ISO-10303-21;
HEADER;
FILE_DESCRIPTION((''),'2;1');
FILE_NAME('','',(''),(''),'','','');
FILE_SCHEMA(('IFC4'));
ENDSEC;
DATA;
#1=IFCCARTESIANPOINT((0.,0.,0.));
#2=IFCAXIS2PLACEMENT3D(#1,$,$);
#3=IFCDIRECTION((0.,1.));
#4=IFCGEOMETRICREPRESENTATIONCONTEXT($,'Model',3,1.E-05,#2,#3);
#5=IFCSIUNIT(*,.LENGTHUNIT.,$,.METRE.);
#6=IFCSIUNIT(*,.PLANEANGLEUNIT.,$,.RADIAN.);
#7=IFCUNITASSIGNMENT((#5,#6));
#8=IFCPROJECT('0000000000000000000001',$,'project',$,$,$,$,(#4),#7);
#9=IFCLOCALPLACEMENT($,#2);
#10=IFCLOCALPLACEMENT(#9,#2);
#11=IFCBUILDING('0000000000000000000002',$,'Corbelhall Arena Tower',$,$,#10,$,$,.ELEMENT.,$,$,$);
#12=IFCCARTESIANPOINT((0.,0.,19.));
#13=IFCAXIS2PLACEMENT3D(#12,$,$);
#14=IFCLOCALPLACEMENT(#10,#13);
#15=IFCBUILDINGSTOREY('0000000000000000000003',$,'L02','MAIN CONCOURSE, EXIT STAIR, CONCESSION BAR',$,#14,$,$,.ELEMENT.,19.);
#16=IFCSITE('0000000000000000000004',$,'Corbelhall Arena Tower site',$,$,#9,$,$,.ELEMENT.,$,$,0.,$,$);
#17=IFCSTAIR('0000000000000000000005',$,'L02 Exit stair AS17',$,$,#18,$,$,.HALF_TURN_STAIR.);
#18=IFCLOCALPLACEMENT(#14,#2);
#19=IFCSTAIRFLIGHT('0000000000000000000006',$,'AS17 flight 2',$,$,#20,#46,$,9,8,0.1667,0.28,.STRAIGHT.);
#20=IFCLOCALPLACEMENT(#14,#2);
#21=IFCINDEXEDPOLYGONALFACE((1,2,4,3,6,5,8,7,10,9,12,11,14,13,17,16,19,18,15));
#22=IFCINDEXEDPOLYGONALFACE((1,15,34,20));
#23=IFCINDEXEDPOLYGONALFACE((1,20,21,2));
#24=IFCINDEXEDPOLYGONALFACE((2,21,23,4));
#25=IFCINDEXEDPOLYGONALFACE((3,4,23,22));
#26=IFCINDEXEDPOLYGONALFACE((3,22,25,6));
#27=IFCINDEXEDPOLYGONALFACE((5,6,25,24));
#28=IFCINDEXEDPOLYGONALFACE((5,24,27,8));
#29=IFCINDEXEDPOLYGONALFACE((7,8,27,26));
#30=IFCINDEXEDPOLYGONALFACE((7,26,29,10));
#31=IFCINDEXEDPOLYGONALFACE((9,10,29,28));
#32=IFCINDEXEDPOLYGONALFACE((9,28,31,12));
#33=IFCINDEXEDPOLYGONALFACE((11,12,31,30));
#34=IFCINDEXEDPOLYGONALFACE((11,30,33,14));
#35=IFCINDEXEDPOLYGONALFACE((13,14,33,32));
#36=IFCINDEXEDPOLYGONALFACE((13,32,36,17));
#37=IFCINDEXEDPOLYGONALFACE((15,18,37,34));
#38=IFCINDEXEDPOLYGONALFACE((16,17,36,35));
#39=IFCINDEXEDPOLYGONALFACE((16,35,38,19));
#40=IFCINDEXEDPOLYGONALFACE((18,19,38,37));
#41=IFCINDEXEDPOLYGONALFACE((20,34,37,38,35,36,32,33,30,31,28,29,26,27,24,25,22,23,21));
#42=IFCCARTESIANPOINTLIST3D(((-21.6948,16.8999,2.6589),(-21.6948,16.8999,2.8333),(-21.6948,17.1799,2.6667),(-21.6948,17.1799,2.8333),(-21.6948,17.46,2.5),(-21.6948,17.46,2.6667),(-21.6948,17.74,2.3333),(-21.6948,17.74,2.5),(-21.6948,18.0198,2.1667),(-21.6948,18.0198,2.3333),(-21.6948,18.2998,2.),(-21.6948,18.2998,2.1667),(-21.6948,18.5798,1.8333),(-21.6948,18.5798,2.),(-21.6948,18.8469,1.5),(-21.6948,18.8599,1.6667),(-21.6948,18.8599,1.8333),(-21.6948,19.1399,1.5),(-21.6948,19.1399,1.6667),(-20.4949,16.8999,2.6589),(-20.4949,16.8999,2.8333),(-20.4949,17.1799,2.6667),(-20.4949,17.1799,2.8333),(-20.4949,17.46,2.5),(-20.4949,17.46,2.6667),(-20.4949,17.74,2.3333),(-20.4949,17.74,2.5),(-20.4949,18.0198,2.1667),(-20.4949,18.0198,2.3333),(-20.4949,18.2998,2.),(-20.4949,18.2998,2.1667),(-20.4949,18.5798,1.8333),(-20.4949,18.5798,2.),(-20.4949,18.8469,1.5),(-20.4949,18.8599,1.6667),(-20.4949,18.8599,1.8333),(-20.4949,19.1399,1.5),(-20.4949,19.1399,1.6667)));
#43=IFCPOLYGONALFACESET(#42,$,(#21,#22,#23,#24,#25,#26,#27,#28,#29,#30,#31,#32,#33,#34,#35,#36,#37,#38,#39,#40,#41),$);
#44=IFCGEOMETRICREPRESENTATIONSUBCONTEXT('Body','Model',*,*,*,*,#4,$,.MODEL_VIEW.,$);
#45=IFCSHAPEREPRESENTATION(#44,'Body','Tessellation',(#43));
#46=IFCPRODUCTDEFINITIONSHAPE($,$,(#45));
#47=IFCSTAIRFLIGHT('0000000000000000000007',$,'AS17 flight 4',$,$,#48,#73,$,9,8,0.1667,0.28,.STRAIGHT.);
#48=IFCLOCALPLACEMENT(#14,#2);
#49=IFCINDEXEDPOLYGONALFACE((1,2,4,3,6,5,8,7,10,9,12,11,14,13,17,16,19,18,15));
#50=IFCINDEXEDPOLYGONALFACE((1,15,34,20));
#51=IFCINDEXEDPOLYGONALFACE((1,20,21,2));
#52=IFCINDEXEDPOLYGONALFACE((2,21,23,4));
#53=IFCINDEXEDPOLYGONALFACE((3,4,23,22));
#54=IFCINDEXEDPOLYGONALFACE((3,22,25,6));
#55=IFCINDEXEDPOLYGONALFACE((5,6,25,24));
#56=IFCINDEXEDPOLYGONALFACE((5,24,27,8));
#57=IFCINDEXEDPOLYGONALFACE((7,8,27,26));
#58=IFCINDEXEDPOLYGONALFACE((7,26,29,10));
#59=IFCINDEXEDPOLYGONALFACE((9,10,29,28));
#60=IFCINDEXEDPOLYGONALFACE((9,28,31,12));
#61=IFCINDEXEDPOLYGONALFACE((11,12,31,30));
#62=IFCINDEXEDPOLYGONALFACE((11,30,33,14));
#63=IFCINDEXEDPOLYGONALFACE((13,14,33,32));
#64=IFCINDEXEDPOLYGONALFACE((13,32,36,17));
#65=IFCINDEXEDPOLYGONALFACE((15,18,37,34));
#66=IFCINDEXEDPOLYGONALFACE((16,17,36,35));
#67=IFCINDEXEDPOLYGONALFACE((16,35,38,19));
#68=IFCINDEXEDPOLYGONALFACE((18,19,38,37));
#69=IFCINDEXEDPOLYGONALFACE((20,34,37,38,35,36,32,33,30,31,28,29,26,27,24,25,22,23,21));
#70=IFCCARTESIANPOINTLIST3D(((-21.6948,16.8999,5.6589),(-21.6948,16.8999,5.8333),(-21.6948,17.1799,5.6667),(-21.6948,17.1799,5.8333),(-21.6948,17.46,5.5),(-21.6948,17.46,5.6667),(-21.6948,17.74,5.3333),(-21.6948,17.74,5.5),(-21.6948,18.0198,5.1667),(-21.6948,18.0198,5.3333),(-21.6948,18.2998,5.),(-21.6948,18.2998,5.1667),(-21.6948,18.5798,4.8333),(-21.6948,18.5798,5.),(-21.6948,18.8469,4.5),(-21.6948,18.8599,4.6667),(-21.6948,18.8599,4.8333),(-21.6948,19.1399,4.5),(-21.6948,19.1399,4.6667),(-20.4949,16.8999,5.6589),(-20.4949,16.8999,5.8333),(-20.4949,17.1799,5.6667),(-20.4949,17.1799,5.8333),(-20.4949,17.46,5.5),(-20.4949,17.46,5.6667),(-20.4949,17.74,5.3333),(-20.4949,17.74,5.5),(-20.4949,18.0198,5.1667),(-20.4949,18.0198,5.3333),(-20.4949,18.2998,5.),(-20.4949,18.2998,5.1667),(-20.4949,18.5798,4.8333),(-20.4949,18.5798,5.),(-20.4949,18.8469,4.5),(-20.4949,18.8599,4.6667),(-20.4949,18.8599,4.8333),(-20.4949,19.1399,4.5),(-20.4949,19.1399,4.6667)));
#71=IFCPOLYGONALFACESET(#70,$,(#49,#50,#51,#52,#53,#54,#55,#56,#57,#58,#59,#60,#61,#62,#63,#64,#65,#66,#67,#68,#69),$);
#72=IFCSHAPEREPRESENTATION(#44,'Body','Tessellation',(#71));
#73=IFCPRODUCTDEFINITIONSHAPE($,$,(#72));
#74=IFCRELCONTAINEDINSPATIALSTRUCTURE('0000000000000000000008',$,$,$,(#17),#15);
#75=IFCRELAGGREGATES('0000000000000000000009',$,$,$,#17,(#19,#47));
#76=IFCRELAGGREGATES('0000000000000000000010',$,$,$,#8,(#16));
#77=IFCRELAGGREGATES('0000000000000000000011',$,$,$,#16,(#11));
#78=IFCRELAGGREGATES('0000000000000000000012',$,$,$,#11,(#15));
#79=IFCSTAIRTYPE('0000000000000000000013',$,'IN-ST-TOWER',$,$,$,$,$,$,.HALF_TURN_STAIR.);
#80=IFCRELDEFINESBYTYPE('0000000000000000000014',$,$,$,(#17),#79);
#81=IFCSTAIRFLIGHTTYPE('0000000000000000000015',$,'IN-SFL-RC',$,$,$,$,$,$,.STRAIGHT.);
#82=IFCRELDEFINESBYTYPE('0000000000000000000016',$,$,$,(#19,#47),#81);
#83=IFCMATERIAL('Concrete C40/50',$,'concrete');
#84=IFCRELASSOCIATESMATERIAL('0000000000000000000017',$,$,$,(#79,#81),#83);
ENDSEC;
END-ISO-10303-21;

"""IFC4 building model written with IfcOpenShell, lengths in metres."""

from ifc_helpers import new_model, si_unit, direction, frame, origin, place, context, subcontext, project, spatial, polyline, outline, extrude, material, type_object, element, aggregate, save


model = new_model("IFC4")

# Units and contexts
model_context = context("Model", 3, precision=1e-05, world=origin(), true_north=direction((0.0, 1.0)))
body_context = subcontext(model_context, "Body", "Model", "MODEL_VIEW")
ifc_project = project(units=[si_unit("LENGTHUNIT", "METRE"), si_unit("PLANEANGLEUNIT", "RADIAN")], contexts=[model_context])

# Site, building, storey
site_placement = place(None, origin())
site = spatial("IfcSite", under=ifc_project, at=site_placement, Name="Corbelhall Arena Tower site", CompositionType="ELEMENT", RefElevation=0.0)
building_placement = place(site_placement, origin())
building = spatial("IfcBuilding", under=site, at=building_placement, Name="Corbelhall Arena Tower", CompositionType="ELEMENT")
storey_placement = place(building_placement, frame((0.0, 0.0, 19.0)))
storey = spatial("IfcBuildingStorey", under=building, at=storey_placement, Name="L02", Description="MAIN CONCOURSE, EXIT STAIR, CONCESSION BAR", CompositionType="ELEMENT", Elevation=19.0)

# Shared definitions
ifc_material_1 = material(Name="Concrete C40/50", Category="concrete")

# Stair, stair flights
stair_type = type_object("IfcStairType", Name="IN-ST-TOWER", PredefinedType="HALF_TURN_STAIR", material=ifc_material_1)
stair_placement = place(storey_placement, origin())
stair = element("IfcStair", 1, at=stair_placement, inside=storey, type_object=stair_type, Name="L02 Exit stair AS17", PredefinedType="HALF_TURN_STAIR")
stair_flight_type = type_object("IfcStairFlightType", Name="IN-SFL-RC", PredefinedType="STRAIGHT", material=ifc_material_1)
stair_flight_1_placement = place(storey_placement, frame((-21.095, 19.1399, 1.5), z_axis=(0.0, 0.0, 1.0), x_axis=(0.0, -1.0, 0.0)))
stair_flight_1 = element("IfcStairFlight", 2, at=stair_flight_1_placement, type_object=stair_flight_type, Name="AS17 flight 2", NumberOfRisers=9, NumberOfTreads=8, PredefinedType="STRAIGHT", RiserHeight=0.1667, TreadLength=0.28, context=body_context, shape_type="SweptSolid", body=[
    extrude(outline(polyline([(0.0, 0.0), (0.0, 0.1667), (0.28, 0.1667), (0.28, 0.3333), (0.5601, 0.3333), (0.5601, 0.5), (0.8401, 0.5), (0.8401, 0.6667), (1.1201, 0.6667), (1.1201, 0.8333), (1.3999, 0.8333), (1.3999, 1.0), (1.6799, 1.0), (1.6799, 1.1667), (1.96, 1.1667), (1.96, 1.3333), (2.24, 1.3333), (2.24, 1.5), (2.24, 1.1589), (0.293, 0.0), (0.0, 0.0)])), frame((0.0, 0.6001, 0.0), z_axis=(0.0, -1.0, 0.0), x_axis=(1.0, 0.0, 0.0)), (0.0, 0.0, 1.0), 1.2),
])
stair_flight_2_placement = place(storey_placement, frame((-21.095, 19.1399, 4.5), z_axis=(0.0, 0.0, 1.0), x_axis=(0.0, -1.0, 0.0)))
stair_flight_2 = element("IfcStairFlight", 3, at=stair_flight_2_placement, type_object=stair_flight_type, Name="AS17 flight 4", NumberOfRisers=9, NumberOfTreads=8, PredefinedType="STRAIGHT", RiserHeight=0.1667, TreadLength=0.28, context=body_context, shape_type="SweptSolid", body=[
    extrude(outline(polyline([(0.0, 0.0), (0.0, 0.1667), (0.28, 0.1667), (0.28, 0.3333), (0.5601, 0.3333), (0.5601, 0.5), (0.8401, 0.5), (0.8401, 0.6667), (1.1201, 0.6667), (1.1201, 0.8333), (1.3999, 0.8333), (1.3999, 1.0), (1.6799, 1.0), (1.6799, 1.1667), (1.96, 1.1667), (1.96, 1.3333), (2.24, 1.3333), (2.24, 1.5), (2.24, 1.1589), (0.293, 0.0), (0.0, 0.0)])), frame((0.0, 0.6001, 0.0), z_axis=(0.0, -1.0, 0.0), x_axis=(1.0, 0.0, 0.0)), (0.0, 0.0, 1.0), 1.2),
])
aggregate(stair, [stair_flight_1, stair_flight_2])

save(model, "model.ifc")
